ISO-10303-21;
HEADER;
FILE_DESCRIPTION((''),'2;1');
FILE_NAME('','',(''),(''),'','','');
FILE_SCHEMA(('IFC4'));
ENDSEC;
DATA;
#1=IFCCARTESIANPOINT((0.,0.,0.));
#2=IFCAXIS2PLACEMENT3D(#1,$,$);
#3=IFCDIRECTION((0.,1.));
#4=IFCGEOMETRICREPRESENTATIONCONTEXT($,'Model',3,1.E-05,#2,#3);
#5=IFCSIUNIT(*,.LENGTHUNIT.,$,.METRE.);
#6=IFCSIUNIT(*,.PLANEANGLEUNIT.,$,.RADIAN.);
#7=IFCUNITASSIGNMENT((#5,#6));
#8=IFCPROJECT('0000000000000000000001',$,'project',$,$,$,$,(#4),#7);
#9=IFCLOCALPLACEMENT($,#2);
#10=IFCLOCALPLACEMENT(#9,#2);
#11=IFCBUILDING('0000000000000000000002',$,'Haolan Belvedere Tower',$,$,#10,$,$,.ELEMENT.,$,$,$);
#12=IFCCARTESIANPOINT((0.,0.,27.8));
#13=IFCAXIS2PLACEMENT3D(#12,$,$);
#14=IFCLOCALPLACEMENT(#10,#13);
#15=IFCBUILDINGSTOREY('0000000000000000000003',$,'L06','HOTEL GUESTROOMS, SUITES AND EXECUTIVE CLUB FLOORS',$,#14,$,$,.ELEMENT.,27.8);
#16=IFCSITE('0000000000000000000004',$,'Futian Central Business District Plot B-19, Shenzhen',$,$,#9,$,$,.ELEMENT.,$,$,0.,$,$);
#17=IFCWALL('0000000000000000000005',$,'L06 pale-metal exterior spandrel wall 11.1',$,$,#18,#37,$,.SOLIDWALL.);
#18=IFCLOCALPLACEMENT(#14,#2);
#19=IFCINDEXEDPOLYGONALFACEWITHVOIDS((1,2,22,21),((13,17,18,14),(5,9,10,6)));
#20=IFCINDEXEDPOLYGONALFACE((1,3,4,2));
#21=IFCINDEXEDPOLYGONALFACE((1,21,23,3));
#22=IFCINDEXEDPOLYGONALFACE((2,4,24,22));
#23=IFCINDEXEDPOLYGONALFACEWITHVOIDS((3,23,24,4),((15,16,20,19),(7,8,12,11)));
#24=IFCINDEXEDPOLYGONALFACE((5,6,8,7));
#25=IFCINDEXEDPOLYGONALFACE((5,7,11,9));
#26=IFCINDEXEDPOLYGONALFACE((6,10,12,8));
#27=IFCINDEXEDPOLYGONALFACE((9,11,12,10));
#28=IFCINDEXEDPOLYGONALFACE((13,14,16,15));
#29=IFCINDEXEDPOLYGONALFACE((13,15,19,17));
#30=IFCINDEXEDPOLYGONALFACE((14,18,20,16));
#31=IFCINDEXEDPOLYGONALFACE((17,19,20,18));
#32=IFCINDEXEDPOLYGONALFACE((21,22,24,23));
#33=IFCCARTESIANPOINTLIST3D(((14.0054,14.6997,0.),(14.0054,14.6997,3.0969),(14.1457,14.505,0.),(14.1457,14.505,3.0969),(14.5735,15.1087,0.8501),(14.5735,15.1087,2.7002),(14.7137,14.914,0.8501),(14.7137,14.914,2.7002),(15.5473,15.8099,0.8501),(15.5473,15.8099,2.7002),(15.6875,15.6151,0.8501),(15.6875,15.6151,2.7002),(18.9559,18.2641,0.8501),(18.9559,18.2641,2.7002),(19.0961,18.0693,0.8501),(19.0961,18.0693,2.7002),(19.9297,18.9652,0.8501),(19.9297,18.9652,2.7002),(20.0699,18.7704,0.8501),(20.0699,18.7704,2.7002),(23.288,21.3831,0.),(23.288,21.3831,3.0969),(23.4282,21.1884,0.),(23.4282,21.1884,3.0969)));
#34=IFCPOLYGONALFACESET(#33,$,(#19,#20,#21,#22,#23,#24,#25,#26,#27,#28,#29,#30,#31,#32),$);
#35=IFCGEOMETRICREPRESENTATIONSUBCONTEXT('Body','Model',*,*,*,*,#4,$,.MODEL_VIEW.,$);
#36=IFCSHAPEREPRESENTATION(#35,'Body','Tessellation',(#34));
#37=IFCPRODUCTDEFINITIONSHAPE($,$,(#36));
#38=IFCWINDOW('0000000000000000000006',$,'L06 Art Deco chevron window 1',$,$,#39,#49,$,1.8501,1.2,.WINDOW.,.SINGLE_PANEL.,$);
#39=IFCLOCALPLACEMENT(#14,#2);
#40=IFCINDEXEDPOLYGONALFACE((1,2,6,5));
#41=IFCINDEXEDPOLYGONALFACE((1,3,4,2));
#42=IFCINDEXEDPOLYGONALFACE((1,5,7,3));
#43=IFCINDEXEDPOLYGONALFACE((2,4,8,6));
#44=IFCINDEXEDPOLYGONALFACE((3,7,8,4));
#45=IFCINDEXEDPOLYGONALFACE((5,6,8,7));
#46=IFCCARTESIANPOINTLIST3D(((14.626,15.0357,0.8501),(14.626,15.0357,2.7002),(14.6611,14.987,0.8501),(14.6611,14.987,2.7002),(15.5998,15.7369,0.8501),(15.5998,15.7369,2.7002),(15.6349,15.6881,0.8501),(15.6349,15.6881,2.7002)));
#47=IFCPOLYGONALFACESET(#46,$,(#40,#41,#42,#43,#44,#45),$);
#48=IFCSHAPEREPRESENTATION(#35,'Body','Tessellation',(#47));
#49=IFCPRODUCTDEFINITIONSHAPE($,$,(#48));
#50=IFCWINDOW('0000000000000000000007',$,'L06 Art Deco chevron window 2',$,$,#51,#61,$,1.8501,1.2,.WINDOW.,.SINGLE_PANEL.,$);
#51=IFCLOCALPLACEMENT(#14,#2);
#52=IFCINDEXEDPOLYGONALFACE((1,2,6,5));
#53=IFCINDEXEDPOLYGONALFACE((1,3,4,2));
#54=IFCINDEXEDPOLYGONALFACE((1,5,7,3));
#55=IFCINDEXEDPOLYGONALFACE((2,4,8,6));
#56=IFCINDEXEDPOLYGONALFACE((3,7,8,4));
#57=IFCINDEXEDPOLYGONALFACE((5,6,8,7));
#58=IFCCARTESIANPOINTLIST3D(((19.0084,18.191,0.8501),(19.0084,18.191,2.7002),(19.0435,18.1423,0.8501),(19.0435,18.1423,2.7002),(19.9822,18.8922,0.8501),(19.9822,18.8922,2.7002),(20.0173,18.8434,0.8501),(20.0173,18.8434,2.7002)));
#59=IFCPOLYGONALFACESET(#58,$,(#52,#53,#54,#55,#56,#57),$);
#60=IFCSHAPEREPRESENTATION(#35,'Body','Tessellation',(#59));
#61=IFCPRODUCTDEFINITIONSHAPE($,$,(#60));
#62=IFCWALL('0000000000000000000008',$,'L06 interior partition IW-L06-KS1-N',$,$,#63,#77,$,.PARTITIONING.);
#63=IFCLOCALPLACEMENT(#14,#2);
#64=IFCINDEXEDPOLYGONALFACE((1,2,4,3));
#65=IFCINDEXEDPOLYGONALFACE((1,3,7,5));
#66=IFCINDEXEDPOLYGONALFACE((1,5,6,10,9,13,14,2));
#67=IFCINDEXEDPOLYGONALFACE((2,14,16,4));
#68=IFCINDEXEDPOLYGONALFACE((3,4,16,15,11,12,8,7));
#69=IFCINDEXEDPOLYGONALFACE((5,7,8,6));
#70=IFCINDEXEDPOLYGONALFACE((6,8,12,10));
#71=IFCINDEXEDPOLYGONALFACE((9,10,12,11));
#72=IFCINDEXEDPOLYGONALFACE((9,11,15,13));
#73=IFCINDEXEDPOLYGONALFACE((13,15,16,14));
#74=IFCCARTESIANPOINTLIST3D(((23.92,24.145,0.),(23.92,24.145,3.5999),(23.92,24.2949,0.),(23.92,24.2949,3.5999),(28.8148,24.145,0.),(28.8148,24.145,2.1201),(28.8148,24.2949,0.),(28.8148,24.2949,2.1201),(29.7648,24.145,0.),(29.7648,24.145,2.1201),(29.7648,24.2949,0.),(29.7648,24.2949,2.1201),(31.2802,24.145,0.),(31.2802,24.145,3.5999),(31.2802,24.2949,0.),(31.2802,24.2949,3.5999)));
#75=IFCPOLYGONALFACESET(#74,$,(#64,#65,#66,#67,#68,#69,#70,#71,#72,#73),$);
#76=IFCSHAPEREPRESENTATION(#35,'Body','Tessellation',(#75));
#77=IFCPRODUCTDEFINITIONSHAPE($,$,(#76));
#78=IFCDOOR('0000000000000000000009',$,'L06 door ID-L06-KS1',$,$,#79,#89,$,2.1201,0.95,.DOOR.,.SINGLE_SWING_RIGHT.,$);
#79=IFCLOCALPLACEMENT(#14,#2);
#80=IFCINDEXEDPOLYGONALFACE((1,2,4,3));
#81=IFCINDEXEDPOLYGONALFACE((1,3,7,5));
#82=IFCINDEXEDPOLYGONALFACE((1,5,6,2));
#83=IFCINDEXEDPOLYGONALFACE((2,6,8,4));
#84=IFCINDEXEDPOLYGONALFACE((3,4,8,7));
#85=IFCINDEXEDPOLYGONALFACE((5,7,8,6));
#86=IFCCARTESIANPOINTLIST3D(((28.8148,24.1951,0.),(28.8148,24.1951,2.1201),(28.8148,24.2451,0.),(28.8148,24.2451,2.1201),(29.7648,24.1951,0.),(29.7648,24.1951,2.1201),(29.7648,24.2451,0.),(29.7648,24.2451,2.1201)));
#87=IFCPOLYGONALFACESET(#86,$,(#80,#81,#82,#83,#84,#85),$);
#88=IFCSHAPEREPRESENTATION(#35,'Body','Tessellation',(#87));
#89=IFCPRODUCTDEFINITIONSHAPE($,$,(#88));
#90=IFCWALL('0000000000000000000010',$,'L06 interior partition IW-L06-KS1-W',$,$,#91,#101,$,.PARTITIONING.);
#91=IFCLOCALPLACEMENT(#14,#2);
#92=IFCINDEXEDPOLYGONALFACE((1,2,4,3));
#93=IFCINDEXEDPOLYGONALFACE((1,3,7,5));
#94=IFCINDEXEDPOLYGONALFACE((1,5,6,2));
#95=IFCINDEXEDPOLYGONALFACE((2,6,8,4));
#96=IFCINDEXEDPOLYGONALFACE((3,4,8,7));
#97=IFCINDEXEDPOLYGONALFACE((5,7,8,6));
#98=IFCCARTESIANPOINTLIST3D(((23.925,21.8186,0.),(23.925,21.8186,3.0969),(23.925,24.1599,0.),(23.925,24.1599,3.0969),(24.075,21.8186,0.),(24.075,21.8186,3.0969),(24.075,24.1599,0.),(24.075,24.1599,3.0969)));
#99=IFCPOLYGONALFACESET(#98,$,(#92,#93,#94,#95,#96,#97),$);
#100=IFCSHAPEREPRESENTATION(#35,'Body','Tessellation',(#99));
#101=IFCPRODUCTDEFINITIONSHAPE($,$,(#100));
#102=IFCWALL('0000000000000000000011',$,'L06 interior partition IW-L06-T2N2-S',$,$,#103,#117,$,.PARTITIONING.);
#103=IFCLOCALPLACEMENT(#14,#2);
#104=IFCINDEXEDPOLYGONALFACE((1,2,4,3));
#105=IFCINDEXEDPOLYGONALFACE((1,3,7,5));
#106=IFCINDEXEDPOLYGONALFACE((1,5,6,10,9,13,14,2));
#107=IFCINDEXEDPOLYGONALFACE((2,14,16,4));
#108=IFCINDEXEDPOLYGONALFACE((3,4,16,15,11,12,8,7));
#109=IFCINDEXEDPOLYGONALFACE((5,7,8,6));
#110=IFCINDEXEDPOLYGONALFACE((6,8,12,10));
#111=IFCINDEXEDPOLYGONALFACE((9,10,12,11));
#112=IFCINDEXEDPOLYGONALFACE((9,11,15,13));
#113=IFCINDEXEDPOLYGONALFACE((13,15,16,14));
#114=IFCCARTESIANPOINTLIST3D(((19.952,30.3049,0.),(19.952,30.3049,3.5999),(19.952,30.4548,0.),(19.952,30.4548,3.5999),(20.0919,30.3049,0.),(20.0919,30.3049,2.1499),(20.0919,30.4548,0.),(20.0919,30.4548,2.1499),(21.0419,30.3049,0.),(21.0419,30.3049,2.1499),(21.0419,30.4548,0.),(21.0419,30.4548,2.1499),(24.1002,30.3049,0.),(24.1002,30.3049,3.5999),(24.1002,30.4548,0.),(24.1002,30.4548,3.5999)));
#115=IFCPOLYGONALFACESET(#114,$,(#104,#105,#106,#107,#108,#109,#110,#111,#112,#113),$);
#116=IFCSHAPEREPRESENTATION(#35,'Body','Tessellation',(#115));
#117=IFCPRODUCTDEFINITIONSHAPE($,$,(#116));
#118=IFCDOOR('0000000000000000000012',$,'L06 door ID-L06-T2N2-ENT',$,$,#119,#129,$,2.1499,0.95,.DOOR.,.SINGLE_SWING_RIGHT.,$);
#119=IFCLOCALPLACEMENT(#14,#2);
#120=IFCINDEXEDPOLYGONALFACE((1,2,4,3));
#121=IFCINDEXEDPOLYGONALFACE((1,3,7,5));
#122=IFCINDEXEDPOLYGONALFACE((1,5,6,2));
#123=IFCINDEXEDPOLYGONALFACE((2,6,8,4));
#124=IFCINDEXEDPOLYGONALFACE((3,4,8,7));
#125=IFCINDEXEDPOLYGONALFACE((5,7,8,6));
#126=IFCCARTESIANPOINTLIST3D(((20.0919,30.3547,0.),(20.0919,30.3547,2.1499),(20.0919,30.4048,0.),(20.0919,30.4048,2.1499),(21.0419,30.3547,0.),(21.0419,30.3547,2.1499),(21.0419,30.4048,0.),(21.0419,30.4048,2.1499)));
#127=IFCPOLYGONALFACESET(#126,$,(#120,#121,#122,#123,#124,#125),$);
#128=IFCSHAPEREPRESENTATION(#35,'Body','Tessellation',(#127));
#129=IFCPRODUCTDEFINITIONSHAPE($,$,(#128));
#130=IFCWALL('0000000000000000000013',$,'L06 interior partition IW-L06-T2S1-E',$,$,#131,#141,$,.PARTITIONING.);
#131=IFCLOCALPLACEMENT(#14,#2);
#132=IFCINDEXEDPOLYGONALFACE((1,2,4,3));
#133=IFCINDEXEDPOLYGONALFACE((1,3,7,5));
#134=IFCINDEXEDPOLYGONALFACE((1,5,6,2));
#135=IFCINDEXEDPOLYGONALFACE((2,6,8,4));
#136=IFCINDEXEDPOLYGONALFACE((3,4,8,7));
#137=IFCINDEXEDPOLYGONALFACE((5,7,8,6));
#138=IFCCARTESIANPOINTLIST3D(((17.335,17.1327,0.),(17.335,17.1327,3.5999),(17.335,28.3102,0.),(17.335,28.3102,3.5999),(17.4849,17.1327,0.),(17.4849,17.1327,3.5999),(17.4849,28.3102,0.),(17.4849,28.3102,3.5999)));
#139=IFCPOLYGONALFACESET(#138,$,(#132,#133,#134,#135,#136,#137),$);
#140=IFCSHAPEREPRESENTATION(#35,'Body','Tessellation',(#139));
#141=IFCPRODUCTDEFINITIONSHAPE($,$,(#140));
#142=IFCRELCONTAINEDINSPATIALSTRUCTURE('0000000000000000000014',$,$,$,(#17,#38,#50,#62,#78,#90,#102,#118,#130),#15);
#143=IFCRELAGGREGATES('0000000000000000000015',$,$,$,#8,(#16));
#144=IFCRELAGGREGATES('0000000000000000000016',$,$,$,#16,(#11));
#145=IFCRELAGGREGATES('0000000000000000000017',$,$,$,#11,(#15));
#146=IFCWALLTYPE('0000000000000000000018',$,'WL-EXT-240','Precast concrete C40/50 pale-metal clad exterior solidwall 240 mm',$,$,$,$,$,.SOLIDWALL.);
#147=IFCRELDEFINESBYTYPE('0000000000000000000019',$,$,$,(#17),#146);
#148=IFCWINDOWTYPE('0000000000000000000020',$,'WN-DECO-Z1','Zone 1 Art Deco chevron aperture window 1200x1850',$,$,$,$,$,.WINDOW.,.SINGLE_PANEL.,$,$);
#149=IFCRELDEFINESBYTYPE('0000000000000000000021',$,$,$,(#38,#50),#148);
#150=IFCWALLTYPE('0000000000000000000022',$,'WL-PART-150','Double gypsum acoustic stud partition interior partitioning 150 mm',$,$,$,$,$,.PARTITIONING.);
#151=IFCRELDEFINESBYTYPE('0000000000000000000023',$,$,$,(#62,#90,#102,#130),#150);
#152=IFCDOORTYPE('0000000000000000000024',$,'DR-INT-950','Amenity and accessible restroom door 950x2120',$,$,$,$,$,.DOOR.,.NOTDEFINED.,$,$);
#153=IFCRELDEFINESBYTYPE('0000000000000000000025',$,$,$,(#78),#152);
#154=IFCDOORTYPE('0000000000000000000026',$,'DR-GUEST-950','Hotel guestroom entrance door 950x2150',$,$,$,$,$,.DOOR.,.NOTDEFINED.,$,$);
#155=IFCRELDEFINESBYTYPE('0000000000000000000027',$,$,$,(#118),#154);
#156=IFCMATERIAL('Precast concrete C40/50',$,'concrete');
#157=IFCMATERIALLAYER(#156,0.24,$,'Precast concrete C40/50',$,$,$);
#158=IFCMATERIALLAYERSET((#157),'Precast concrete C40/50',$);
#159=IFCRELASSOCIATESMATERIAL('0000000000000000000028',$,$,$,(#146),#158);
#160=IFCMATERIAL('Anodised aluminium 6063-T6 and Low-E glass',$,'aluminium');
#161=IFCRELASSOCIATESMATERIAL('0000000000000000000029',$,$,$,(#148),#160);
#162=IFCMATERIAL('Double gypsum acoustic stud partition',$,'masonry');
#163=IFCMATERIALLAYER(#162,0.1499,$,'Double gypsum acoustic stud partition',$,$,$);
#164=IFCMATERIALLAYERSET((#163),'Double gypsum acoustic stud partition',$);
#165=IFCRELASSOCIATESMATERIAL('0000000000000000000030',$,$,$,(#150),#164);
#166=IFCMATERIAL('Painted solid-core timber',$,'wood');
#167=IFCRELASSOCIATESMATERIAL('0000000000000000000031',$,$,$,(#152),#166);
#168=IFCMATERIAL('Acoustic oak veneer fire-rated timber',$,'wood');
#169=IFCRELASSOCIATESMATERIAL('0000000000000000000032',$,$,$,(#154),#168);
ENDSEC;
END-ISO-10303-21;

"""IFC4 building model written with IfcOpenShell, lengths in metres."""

from ifc_helpers import new_model, si_unit, direction, frame, frame_2d, origin, place, context, subcontext, project, spatial, rectangle, extrude, material, layer, layer_set, type_object, element, fill, save


model = new_model("IFC4")

# Units and contexts
model_context = context("Model", 3, precision=1e-05, world=origin(), true_north=direction((0.0, 1.0)))
body_context = subcontext(model_context, "Body", "Model", "MODEL_VIEW")
ifc_project = project(units=[si_unit("LENGTHUNIT", "METRE"), si_unit("PLANEANGLEUNIT", "RADIAN")], contexts=[model_context])

# Site, building, storey
site_placement = place(None, origin())
site = spatial("IfcSite", under=ifc_project, at=site_placement, Name="Futian Central Business District Plot B-19, Shenzhen", CompositionType="ELEMENT", RefElevation=0.0)
building_placement = place(site_placement, origin())
building = spatial("IfcBuilding", under=site, at=building_placement, Name="Haolan Belvedere Tower", CompositionType="ELEMENT")
storey_placement = place(building_placement, frame((0.0, 0.0, 27.8)))
storey = spatial("IfcBuildingStorey", under=building, at=storey_placement, Name="L06", Description="HOTEL GUESTROOMS, SUITES AND EXECUTIVE CLUB FLOORS", CompositionType="ELEMENT", Elevation=27.8)

# Shared definitions
ifc_material_1 = material(Name="Precast concrete C40/50", Category="concrete")
ifc_layer_1 = layer(ifc_material_1, 0.24, Name="Precast concrete C40/50")
ifc_layer_set_1 = layer_set([ifc_layer_1], Name="Precast concrete C40/50")
wall_type_1 = type_object("IfcWallType", Name="WL-EXT-240", Description="Precast concrete C40/50 pale-metal clad exterior solidwall 240 mm", PredefinedType="SOLIDWALL", material=ifc_layer_set_1)

# Wall, openings, windows
wall_1_placement = place(storey_placement, frame((14.0754, 14.6023, 0.0), z_axis=(0.0, 0.0, 1.0), x_axis=(0.811536, 0.584303, 0.0)))
wall_1 = element("IfcWall", 1, at=wall_1_placement, inside=storey, type_object=wall_type_1, Name="L06 pale-metal exterior spandrel wall 11.1", PredefinedType="SOLIDWALL", context=body_context, shape_type="SweptSolid", body=[
    extrude(rectangle(XDim=11.4382, YDim=0.24, at=frame_2d((5.7192, 0.0))), origin(), (0.0, 0.0, 1.0), 3.0969),
])
opening_1_placement = place(wall_1_placement, frame((0.7, 0.0, 0.8501)))
opening_1 = element("IfcOpeningElement", 2, at=opening_1_placement, cuts=wall_1, PredefinedType="OPENING", context=body_context, shape_type="SweptSolid", body=[
    extrude(rectangle(XDim=1.2, YDim=1.8501, at=frame_2d((0.6001, 0.925))), frame((0.0, 0.1299, 0.0), z_axis=(0.0, -1.0, 0.0), x_axis=(1.0, 0.0, 0.0)), (0.0, 0.0, 1.0), 0.26),
])
opening_2_placement = place(wall_1_placement, frame((6.1001, 0.0, 0.8501)))
opening_2 = element("IfcOpeningElement", 3, at=opening_2_placement, cuts=wall_1, PredefinedType="OPENING", context=body_context, shape_type="SweptSolid", body=[
    extrude(rectangle(XDim=1.2, YDim=1.8501, at=frame_2d((0.6001, 0.925))), frame((0.0, 0.1299, 0.0), z_axis=(0.0, -1.0, 0.0), x_axis=(1.0, 0.0, 0.0)), (0.0, 0.0, 1.0), 0.26),
])
ifc_material_2 = material(Name="Anodised aluminium 6063-T6 and Low-E glass", Category="aluminium")
window_type = type_object("IfcWindowType", Name="WN-DECO-Z1", Description="Zone 1 Art Deco chevron aperture window 1200x1850", PartitioningType="SINGLE_PANEL", PredefinedType="WINDOW", material=ifc_material_2)
window_1_placement = place(opening_1_placement, origin())
window_1 = element("IfcWindow", 4, at=window_1_placement, inside=storey, type_object=window_type, Name="L06 Art Deco chevron window 1", OverallHeight=1.8501, OverallWidth=1.2, PartitioningType="SINGLE_PANEL", PredefinedType="WINDOW", context=body_context, shape_type="SweptSolid", body=[
    extrude(rectangle(XDim=1.2, YDim=1.8501, at=frame_2d((0.6001, 0.925))), frame((0.0, 0.03, 0.0), z_axis=(0.0, -1.0, 0.0), x_axis=(1.0, 0.0, 0.0)), (0.0, 0.0, 1.0), 0.0601),
])
fill(opening_1, window_1)
window_2_placement = place(opening_2_placement, origin())
window_2 = element("IfcWindow", 5, at=window_2_placement, inside=storey, type_object=window_type, Name="L06 Art Deco chevron window 2", OverallHeight=1.8501, OverallWidth=1.2, PartitioningType="SINGLE_PANEL", PredefinedType="WINDOW", context=body_context, shape_type="SweptSolid", body=[
    extrude(rectangle(XDim=1.2, YDim=1.8501, at=frame_2d((0.6001, 0.925))), frame((0.0, 0.03, 0.0), z_axis=(0.0, -1.0, 0.0), x_axis=(1.0, 0.0, 0.0)), (0.0, 0.0, 1.0), 0.0601),
])
fill(opening_2, window_2)

# Wall, opening, door
ifc_material_3 = material(Name="Double gypsum acoustic stud partition", Category="masonry")
ifc_layer_2 = layer(ifc_material_3, 0.1499, Name="Double gypsum acoustic stud partition")
ifc_layer_set_2 = layer_set([ifc_layer_2], Name="Double gypsum acoustic stud partition")
wall_type_2 = type_object("IfcWallType", Name="WL-PART-150", Description="Double gypsum acoustic stud partition interior partitioning 150 mm", PredefinedType="PARTITIONING", material=ifc_layer_set_2)
wall_2_placement = place(storey_placement, frame((23.9199, 24.22, 0.0), z_axis=(0.0, 0.0, 1.0), x_axis=(1.0, 0.0, 0.0)))
wall_2 = element("IfcWall", 6, at=wall_2_placement, inside=storey, type_object=wall_type_2, Name="L06 interior partition IW-L06-KS1-N", PredefinedType="PARTITIONING", context=body_context, shape_type="SweptSolid", body=[
    extrude(rectangle(XDim=7.3601, YDim=0.1499, at=frame_2d((3.6802, 0.0))), origin(), (0.0, 0.0, 1.0), 3.5999),
])
opening_3_placement = place(wall_2_placement, frame((5.845, 0.0, 0.0), z_axis=(0.0, 0.0, 1.0), x_axis=(-1.0, 0.0, 0.0)))
opening_3 = element("IfcOpeningElement", 7, at=opening_3_placement, cuts=wall_2, PredefinedType="OPENING", context=body_context, shape_type="SweptSolid", body=[
    extrude(rectangle(XDim=0.95, YDim=2.1201, at=frame_2d((0.4751, 1.0601))), frame((0.0, 0.085, 0.0), z_axis=(0.0, -1.0, 0.0), x_axis=(1.0, 0.0, 0.0)), (0.0, 0.0, 1.0), 0.1699),
])
ifc_material_4 = material(Name="Painted solid-core timber", Category="wood")
door_type_1 = type_object("IfcDoorType", Name="DR-INT-950", Description="Amenity and accessible restroom door 950x2120", OperationType="NOTDEFINED", PredefinedType="DOOR", material=ifc_material_4)
door_1_placement = place(opening_3_placement, origin())
door_1 = element("IfcDoor", 8, at=door_1_placement, inside=storey, type_object=door_type_1, Name="L06 door ID-L06-KS1", OperationType="SINGLE_SWING_RIGHT", OverallHeight=2.1201, OverallWidth=0.95, PredefinedType="DOOR", context=body_context, shape_type="SweptSolid", body=[
    extrude(rectangle(XDim=0.95, YDim=2.1201, at=frame_2d((0.4751, 1.0601))), frame((0.0, 0.0249, 0.0), z_axis=(0.0, -1.0, 0.0), x_axis=(1.0, 0.0, 0.0)), (0.0, 0.0, 1.0), 0.05),
])
fill(opening_3, door_1)

# Wall
wall_3_placement = place(storey_placement, frame((24.0, 21.8186, 0.0), z_axis=(0.0, 0.0, 1.0), x_axis=(0.0, 1.0, 0.0)))
element("IfcWall", 9, at=wall_3_placement, inside=storey, type_object=wall_type_2, Name="L06 interior partition IW-L06-KS1-W", PredefinedType="PARTITIONING", context=body_context, shape_type="SweptSolid", body=[
    extrude(rectangle(XDim=2.3413, YDim=0.1499, at=frame_2d((1.1707, 0.0))), origin(), (0.0, 0.0, 1.0), 3.0969),
])

# Wall, opening, door
wall_4_placement = place(storey_placement, frame((19.9519, 30.3799, 0.0), z_axis=(0.0, 0.0, 1.0), x_axis=(1.0, 0.0, 0.0)))
wall_4 = element("IfcWall", 10, at=wall_4_placement, inside=storey, type_object=wall_type_2, Name="L06 interior partition IW-L06-T2N2-S", PredefinedType="PARTITIONING", context=body_context, shape_type="SweptSolid", body=[
    extrude(rectangle(XDim=4.1482, YDim=0.1499, at=frame_2d((2.0742, 0.0))), origin(), (0.0, 0.0, 1.0), 3.5999),
])
opening_4_placement = place(wall_4_placement, frame((0.1399, 0.0, 0.0)))
opening_4 = element("IfcOpeningElement", 11, at=opening_4_placement, cuts=wall_4, PredefinedType="OPENING", context=body_context, shape_type="SweptSolid", body=[
    extrude(rectangle(XDim=0.95, YDim=2.1499, at=frame_2d((0.4751, 1.075))), frame((0.0, 0.085, 0.0), z_axis=(0.0, -1.0, 0.0), x_axis=(1.0, 0.0, 0.0)), (0.0, 0.0, 1.0), 0.1699),
])
ifc_material_5 = material(Name="Acoustic oak veneer fire-rated timber", Category="wood")
door_type_2 = type_object("IfcDoorType", Name="DR-GUEST-950", Description="Hotel guestroom entrance door 950x2150", OperationType="NOTDEFINED", PredefinedType="DOOR", material=ifc_material_5)
door_2_placement = place(opening_4_placement, origin())
door_2 = element("IfcDoor", 12, at=door_2_placement, inside=storey, type_object=door_type_2, Name="L06 door ID-L06-T2N2-ENT", OperationType="SINGLE_SWING_RIGHT", OverallHeight=2.1499, OverallWidth=0.95, PredefinedType="DOOR", context=body_context, shape_type="SweptSolid", body=[
    extrude(rectangle(XDim=0.95, YDim=2.1499, at=frame_2d((0.4751, 1.075))), frame((0.0, 0.0249, 0.0), z_axis=(0.0, -1.0, 0.0), x_axis=(1.0, 0.0, 0.0)), (0.0, 0.0, 1.0), 0.05),
])
fill(opening_4, door_2)

# Wall
wall_5_placement = place(storey_placement, frame((17.4099, 17.1326, 0.0), z_axis=(0.0, 0.0, 1.0), x_axis=(0.0, 1.0, 0.0)))
element("IfcWall", 13, at=wall_5_placement, inside=storey, type_object=wall_type_2, Name="L06 interior partition IW-L06-T2S1-E", PredefinedType="PARTITIONING", context=body_context, shape_type="SweptSolid", body=[
    extrude(rectangle(XDim=11.1775, YDim=0.1499, at=frame_2d((5.5889, 0.0))), origin(), (0.0, 0.0, 1.0), 3.5999),
])

save(model, "model.ifc")
